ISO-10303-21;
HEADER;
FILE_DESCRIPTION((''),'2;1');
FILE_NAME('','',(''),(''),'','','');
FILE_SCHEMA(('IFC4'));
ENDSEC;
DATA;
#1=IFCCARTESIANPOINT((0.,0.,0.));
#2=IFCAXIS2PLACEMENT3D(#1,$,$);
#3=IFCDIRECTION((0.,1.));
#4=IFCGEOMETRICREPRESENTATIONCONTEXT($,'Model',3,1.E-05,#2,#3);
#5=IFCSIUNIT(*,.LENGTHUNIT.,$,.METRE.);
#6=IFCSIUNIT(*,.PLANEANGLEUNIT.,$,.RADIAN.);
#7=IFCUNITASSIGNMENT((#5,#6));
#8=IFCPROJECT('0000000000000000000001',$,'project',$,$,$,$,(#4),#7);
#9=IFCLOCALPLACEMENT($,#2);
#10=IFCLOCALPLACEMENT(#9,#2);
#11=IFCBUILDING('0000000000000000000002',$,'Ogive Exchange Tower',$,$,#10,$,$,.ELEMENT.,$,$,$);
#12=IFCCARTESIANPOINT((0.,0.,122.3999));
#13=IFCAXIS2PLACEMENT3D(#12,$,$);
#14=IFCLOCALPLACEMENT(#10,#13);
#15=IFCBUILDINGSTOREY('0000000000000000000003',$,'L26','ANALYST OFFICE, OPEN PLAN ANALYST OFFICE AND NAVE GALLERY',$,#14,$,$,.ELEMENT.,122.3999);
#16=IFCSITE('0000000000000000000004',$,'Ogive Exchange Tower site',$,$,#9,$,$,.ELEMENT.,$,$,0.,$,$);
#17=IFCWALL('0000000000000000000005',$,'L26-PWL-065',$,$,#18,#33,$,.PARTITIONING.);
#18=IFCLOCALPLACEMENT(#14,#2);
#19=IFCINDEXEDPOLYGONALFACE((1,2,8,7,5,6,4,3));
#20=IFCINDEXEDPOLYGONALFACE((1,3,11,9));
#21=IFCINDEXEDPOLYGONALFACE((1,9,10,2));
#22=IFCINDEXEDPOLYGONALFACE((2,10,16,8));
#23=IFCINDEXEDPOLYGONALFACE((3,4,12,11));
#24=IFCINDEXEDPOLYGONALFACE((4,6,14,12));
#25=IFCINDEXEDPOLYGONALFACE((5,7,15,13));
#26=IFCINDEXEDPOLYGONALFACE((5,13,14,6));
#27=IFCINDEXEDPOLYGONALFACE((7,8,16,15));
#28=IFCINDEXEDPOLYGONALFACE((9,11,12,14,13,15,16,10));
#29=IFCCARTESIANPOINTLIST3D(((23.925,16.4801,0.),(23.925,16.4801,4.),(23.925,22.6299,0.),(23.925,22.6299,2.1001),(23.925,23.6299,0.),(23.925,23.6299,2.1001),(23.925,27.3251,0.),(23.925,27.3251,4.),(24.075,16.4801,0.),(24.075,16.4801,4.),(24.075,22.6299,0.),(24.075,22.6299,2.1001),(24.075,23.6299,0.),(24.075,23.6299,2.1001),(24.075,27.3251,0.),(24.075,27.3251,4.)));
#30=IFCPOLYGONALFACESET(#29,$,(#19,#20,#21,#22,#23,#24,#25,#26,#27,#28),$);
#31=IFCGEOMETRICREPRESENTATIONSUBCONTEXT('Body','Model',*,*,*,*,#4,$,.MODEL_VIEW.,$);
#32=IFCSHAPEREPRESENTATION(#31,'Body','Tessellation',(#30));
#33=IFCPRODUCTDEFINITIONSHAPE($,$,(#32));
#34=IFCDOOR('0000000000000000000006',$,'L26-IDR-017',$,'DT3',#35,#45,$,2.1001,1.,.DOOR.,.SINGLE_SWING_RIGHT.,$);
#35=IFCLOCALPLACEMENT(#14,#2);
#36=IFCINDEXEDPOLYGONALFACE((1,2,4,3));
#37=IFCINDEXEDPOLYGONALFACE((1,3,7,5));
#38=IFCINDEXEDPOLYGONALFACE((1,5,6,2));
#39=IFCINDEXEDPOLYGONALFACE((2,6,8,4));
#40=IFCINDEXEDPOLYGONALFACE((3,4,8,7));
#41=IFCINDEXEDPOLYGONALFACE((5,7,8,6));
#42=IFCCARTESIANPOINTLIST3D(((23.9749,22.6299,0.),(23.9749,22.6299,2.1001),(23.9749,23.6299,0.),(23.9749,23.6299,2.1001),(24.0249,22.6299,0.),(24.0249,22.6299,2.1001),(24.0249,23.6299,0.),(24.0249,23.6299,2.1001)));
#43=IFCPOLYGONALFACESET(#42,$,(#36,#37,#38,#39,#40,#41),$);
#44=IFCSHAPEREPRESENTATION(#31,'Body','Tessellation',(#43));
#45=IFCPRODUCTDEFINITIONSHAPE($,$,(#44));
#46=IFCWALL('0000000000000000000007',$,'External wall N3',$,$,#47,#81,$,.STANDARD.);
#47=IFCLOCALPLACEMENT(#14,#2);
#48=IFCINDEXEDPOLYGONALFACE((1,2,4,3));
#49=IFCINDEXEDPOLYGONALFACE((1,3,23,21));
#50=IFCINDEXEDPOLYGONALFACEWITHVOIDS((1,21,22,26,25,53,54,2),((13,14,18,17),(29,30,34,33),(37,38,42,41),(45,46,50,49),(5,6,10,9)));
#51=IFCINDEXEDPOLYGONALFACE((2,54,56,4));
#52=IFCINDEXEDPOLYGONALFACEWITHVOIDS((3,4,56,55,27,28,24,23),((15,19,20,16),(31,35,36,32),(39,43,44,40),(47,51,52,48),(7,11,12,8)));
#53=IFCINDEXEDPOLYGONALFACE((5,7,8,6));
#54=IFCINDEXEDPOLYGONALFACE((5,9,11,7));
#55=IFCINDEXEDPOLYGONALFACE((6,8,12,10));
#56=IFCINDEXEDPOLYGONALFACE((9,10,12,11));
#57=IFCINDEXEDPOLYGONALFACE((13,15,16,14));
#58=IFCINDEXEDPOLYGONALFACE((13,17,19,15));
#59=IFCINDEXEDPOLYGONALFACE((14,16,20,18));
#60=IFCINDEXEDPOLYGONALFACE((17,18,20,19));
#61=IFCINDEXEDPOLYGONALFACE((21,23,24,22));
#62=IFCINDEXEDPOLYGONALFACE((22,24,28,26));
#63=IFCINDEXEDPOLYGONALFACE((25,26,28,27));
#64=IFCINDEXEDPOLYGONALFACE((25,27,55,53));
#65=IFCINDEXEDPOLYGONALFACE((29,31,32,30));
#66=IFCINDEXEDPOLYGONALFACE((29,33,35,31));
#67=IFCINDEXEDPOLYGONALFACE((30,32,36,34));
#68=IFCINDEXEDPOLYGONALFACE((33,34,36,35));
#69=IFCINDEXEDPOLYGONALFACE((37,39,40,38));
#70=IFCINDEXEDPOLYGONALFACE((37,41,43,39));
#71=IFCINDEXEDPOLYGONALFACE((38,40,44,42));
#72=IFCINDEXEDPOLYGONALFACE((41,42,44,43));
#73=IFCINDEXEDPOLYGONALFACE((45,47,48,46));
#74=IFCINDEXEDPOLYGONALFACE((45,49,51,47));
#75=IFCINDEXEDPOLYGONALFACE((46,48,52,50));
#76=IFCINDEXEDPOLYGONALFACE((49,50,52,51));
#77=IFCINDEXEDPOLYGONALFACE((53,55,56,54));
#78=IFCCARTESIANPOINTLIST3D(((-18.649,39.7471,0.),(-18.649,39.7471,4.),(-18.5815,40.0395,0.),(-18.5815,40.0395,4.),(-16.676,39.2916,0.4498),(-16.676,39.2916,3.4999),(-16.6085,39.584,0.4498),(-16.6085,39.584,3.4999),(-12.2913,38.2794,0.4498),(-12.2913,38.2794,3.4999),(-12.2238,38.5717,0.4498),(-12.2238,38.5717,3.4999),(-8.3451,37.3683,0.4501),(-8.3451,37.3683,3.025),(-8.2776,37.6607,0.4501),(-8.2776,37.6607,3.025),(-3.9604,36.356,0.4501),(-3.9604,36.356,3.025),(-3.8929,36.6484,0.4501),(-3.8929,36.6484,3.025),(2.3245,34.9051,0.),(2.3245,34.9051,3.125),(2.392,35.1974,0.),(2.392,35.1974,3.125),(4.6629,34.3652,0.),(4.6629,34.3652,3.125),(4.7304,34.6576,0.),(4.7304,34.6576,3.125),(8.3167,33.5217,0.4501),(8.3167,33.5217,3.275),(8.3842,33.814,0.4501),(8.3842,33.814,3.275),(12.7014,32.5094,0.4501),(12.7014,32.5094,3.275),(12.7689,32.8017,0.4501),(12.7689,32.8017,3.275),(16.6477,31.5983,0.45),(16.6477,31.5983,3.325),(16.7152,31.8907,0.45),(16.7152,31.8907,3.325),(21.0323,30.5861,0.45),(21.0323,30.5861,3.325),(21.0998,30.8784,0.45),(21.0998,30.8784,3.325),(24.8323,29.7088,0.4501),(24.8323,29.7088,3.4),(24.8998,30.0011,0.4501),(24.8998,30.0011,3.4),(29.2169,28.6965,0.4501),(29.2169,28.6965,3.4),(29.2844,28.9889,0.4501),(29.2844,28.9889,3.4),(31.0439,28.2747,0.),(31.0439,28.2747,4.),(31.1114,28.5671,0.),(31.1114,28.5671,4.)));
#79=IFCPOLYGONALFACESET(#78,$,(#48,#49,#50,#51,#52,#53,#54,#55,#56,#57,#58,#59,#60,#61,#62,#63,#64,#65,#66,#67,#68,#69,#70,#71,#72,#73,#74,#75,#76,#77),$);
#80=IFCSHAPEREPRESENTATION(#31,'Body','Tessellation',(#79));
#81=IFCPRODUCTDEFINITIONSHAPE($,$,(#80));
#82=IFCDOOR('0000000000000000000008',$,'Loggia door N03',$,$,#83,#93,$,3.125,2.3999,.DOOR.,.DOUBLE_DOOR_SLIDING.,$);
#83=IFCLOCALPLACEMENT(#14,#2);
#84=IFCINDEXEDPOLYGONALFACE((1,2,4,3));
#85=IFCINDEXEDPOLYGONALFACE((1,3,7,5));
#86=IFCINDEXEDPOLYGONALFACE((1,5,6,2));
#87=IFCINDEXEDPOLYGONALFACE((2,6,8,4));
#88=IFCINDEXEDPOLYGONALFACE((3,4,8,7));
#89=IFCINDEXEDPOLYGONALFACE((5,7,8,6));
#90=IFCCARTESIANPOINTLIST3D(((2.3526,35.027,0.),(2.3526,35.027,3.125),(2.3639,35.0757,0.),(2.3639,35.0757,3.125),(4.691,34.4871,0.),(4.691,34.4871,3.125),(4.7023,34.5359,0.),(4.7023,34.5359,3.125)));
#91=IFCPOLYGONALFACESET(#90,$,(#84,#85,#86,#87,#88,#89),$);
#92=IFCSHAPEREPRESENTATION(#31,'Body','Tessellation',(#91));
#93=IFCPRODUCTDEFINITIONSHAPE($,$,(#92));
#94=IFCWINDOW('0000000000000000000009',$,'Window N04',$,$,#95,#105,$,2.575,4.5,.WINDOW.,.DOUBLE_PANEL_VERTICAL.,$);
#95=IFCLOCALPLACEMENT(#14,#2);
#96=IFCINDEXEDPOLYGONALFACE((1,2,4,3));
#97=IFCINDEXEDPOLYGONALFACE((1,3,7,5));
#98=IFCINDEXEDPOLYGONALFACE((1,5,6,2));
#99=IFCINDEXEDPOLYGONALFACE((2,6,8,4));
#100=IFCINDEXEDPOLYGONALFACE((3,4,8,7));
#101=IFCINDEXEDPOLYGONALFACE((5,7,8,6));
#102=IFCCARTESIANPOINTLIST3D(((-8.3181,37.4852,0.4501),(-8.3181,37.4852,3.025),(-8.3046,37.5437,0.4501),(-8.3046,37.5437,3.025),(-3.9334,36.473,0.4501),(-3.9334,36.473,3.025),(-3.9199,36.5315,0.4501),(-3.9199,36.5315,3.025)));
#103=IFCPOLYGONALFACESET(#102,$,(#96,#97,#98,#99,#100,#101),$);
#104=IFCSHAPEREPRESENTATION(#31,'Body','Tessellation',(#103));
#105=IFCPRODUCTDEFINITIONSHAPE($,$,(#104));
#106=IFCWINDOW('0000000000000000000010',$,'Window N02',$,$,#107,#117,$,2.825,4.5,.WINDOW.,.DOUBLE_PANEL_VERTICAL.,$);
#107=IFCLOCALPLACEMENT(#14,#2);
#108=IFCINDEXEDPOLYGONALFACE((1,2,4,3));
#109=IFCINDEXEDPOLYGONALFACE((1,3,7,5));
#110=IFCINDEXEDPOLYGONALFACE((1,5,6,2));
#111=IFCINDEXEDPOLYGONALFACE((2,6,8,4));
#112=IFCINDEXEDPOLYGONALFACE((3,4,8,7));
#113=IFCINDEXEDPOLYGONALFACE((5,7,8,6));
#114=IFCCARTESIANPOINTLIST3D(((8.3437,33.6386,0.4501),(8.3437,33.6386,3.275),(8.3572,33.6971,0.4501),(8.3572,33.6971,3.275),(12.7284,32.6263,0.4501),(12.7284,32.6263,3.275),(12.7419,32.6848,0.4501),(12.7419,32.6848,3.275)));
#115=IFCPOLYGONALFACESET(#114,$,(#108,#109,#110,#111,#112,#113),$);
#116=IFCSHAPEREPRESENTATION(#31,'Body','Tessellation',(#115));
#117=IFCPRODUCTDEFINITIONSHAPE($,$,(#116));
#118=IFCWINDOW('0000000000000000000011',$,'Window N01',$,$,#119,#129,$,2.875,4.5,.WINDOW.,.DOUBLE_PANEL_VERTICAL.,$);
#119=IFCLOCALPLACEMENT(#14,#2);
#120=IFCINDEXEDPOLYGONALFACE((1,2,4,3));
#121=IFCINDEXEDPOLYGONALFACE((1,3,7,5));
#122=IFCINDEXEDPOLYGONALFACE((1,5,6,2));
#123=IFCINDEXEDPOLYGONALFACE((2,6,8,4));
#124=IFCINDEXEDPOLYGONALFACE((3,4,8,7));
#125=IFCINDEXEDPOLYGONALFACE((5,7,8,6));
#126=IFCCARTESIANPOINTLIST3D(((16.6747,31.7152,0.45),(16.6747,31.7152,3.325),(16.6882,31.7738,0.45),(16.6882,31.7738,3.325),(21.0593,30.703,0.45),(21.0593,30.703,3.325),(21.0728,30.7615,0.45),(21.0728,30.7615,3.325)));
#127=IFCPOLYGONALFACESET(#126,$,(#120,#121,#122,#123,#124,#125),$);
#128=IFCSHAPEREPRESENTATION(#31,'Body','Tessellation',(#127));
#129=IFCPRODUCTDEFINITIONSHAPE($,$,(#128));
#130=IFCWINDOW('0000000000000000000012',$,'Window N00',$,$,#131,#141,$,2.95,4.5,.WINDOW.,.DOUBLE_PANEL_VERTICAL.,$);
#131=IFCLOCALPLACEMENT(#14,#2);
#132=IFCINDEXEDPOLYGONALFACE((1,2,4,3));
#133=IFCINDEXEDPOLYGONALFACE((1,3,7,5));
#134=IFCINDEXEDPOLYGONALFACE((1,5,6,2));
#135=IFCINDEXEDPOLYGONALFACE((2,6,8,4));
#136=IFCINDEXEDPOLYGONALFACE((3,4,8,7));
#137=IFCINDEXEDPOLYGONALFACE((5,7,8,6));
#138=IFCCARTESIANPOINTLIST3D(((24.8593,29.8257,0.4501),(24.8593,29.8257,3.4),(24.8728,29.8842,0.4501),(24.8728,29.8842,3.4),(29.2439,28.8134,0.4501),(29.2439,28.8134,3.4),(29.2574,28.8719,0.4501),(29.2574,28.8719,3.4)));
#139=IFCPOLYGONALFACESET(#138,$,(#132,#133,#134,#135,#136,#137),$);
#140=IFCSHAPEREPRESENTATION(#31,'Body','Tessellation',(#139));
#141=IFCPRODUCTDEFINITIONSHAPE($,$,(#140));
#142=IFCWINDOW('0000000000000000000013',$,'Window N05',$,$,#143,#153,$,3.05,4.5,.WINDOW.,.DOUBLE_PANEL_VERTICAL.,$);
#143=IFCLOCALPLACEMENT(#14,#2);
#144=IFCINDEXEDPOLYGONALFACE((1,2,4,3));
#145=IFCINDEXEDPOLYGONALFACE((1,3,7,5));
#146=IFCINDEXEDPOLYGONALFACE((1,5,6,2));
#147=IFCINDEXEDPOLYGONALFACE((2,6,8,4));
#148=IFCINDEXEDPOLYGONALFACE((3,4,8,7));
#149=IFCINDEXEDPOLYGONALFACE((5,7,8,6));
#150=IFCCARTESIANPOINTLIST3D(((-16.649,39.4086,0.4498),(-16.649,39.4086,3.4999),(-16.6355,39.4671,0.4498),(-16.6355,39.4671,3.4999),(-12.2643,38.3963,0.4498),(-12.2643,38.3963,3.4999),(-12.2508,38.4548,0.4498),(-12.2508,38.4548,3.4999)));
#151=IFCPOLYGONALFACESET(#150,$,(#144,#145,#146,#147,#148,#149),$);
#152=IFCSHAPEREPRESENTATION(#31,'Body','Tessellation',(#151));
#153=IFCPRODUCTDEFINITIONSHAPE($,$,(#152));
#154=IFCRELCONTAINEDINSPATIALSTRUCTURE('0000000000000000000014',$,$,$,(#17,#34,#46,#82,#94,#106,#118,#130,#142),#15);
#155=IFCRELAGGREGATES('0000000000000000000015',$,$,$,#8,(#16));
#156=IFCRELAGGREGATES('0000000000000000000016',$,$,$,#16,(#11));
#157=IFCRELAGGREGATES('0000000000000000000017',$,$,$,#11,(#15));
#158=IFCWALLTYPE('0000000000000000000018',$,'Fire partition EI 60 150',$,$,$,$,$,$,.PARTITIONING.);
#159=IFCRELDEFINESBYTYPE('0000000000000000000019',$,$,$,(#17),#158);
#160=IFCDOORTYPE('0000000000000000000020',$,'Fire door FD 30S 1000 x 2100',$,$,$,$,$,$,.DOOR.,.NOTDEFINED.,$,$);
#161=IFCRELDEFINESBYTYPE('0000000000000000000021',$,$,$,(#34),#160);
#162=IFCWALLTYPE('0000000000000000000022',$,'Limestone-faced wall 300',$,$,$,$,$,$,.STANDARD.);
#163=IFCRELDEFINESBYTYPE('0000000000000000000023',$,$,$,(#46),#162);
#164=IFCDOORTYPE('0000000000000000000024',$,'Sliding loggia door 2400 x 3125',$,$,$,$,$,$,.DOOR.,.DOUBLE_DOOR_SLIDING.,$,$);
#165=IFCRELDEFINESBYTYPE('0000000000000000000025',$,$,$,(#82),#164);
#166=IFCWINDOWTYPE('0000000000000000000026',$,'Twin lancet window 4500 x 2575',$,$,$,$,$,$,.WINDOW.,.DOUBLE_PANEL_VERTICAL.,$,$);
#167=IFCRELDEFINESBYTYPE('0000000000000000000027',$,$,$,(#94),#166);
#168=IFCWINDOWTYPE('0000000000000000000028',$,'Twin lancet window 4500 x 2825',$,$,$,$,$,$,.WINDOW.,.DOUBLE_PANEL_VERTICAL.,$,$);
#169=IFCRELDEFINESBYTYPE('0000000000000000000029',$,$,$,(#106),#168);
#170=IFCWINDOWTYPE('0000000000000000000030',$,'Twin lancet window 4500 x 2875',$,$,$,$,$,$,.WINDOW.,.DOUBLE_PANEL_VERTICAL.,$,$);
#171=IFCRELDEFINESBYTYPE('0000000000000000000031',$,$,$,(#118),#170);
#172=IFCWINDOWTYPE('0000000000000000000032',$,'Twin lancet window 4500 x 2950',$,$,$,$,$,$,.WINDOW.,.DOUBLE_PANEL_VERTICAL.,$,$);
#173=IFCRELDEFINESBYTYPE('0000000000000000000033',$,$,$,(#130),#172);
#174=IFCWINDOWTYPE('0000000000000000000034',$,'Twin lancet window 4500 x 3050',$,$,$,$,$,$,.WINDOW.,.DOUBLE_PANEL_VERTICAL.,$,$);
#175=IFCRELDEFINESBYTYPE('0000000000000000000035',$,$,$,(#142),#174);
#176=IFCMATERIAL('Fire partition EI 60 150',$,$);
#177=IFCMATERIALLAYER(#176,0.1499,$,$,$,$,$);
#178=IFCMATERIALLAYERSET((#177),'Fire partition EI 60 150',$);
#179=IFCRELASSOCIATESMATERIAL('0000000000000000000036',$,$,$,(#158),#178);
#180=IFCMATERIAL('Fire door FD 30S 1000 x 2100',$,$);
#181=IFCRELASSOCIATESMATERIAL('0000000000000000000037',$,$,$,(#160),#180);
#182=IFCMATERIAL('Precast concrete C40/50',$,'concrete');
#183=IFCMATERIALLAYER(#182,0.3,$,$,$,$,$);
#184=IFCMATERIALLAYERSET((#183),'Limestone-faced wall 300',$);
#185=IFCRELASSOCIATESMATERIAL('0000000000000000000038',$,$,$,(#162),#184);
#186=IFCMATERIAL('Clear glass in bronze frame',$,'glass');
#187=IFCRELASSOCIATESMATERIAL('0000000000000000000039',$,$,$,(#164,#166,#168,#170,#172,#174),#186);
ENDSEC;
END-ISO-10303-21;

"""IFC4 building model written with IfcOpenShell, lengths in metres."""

from ifc_helpers import new_model, si_unit, direction, frame, frame_2d, origin, place, context, subcontext, project, spatial, rectangle, extrude, material, layer, layer_set, type_object, element, fill, save


model = new_model("IFC4")

# Units and contexts
model_context = context("Model", 3, precision=1e-05, world=origin(), true_north=direction((0.0, 1.0)))
body_context = subcontext(model_context, "Body", "Model", "MODEL_VIEW")
ifc_project = project(units=[si_unit("LENGTHUNIT", "METRE"), si_unit("PLANEANGLEUNIT", "RADIAN")], contexts=[model_context])

# Site, building, storey
site_placement = place(None, origin())
site = spatial("IfcSite", under=ifc_project, at=site_placement, Name="Ogive Exchange Tower site", CompositionType="ELEMENT", RefElevation=0.0)
building_placement = place(site_placement, origin())
building = spatial("IfcBuilding", under=site, at=building_placement, Name="Ogive Exchange Tower", CompositionType="ELEMENT")
storey_placement = place(building_placement, frame((0.0, 0.0, 122.3999)))
storey = spatial("IfcBuildingStorey", under=building, at=storey_placement, Name="L26", Description="ANALYST OFFICE, OPEN PLAN ANALYST OFFICE AND NAVE GALLERY", CompositionType="ELEMENT", Elevation=122.3999)

# Shared definitions
ifc_material_1 = material(Name="Fire partition EI 60 150")
ifc_layer_1 = layer(ifc_material_1, 0.1499)
ifc_layer_set_1 = layer_set([ifc_layer_1], Name="Fire partition EI 60 150")
wall_type_1 = type_object("IfcWallType", Name="Fire partition EI 60 150", PredefinedType="PARTITIONING", material=ifc_layer_set_1)

# Wall, opening, door
wall_1_placement = place(storey_placement, frame((24.0, 27.325, 0.0), z_axis=(0.0, 0.0, 1.0), x_axis=(0.0, -1.0, 0.0)))
wall_1 = element("IfcWall", 1, at=wall_1_placement, inside=storey, type_object=wall_type_1, Name="L26-PWL-065", PredefinedType="PARTITIONING", context=body_context, shape_type="SweptSolid", body=[
    extrude(rectangle(XDim=10.845, YDim=0.1499, at=frame_2d((5.4224, 0.0))), origin(), (0.0, 0.0, 1.0), 4.0),
])
opening_1_placement = place(wall_1_placement, frame((3.6951, 0.0, 0.0)))
opening_1 = element("IfcOpeningElement", 2, at=opening_1_placement, cuts=wall_1, PredefinedType="OPENING", context=body_context, shape_type="SweptSolid", body=[
    extrude(rectangle(XDim=1.0, YDim=2.1001, at=frame_2d((0.5, 1.05))), frame((0.0, 0.085, 0.0), z_axis=(0.0, -1.0, 0.0), x_axis=(1.0, 0.0, 0.0)), (0.0, 0.0, 1.0), 0.1699),
])
ifc_material_2 = material(Name="Fire door FD 30S 1000 x 2100")
door_type_1 = type_object("IfcDoorType", Name="Fire door FD 30S 1000 x 2100", OperationType="NOTDEFINED", PredefinedType="DOOR", material=ifc_material_2)
door_1_placement = place(opening_1_placement, origin())
door_1 = element("IfcDoor", 3, at=door_1_placement, inside=storey, type_object=door_type_1, Name="L26-IDR-017", ObjectType="DT3", OperationType="SINGLE_SWING_RIGHT", OverallHeight=2.1001, OverallWidth=1.0, PredefinedType="DOOR", context=body_context, shape_type="SweptSolid", body=[
    extrude(rectangle(XDim=1.0, YDim=2.1001, at=frame_2d((0.5, 1.05))), frame((0.0, 0.0249, 0.0), z_axis=(0.0, -1.0, 0.0), x_axis=(1.0, 0.0, 0.0)), (0.0, 0.0, 1.0), 0.05),
])
fill(opening_1, door_1)

# Wall, openings, door, windows
ifc_material_3 = material(Name="Precast concrete C40/50", Category="concrete")
ifc_layer_2 = layer(ifc_material_3, 0.3)
ifc_layer_set_2 = layer_set([ifc_layer_2], Name="Limestone-faced wall 300")
wall_type_2 = type_object("IfcWallType", Name="Limestone-faced wall 300", PredefinedType="STANDARD", material=ifc_layer_set_2)
wall_2_placement = place(storey_placement, frame((31.0776, 28.4209, 0.0), z_axis=(0.0, 0.0, 1.0), x_axis=(-0.97437, 0.224949, 0.0)))
wall_2 = element("IfcWall", 4, at=wall_2_placement, inside=storey, type_object=wall_type_2, Name="External wall N3", PredefinedType="STANDARD", context=body_context, shape_type="SweptSolid", body=[
    extrude(rectangle(XDim=51.0, YDim=0.3, at=frame_2d((25.5, 0.0))), origin(), (0.0, 0.0, 1.0), 4.0),
])
opening_2_placement = place(wall_2_placement, frame((1.875, 0.0, 0.45)))
opening_2 = element("IfcOpeningElement", 5, at=opening_2_placement, cuts=wall_2, PredefinedType="OPENING", context=body_context, shape_type="SweptSolid", body=[
    extrude(rectangle(XDim=4.5, YDim=2.95, at=frame_2d((2.25, 1.4751))), frame((0.0, 0.1599, 0.0), z_axis=(0.0, -1.0, 0.0), x_axis=(1.0, 0.0, 0.0)), (0.0, 0.0, 1.0), 0.3201),
])
opening_3_placement = place(wall_2_placement, frame((10.2749, 0.0, 0.45)))
opening_3 = element("IfcOpeningElement", 6, at=opening_3_placement, cuts=wall_2, PredefinedType="OPENING", context=body_context, shape_type="SweptSolid", body=[
    extrude(rectangle(XDim=4.5, YDim=2.875, at=frame_2d((2.25, 1.4375))), frame((0.0, 0.1599, 0.0), z_axis=(0.0, -1.0, 0.0), x_axis=(1.0, 0.0, 0.0)), (0.0, 0.0, 1.0), 0.3201),
])
opening_4_placement = place(wall_2_placement, frame((18.825, 0.0, 0.45)))
opening_4 = element("IfcOpeningElement", 7, at=opening_4_placement, cuts=wall_2, PredefinedType="OPENING", context=body_context, shape_type="SweptSolid", body=[
    extrude(rectangle(XDim=4.5, YDim=2.825, at=frame_2d((2.25, 1.4126))), frame((0.0, 0.1599, 0.0), z_axis=(0.0, -1.0, 0.0), x_axis=(1.0, 0.0, 0.0)), (0.0, 0.0, 1.0), 0.3201),
])
opening_5_placement = place(wall_2_placement, frame((27.075, 0.0, 0.0)))
opening_5 = element("IfcOpeningElement", 8, at=opening_5_placement, cuts=wall_2, PredefinedType="OPENING", context=body_context, shape_type="SweptSolid", body=[
    extrude(rectangle(XDim=2.3999, YDim=3.125, at=frame_2d((1.2, 1.5625))), frame((0.0, 0.1599, 0.0), z_axis=(0.0, -1.0, 0.0), x_axis=(1.0, 0.0, 0.0)), (0.0, 0.0, 1.0), 0.3201),
])
opening_6_placement = place(wall_2_placement, frame((35.925, 0.0, 0.45)))
opening_6 = element("IfcOpeningElement", 9, at=opening_6_placement, cuts=wall_2, PredefinedType="OPENING", context=body_context, shape_type="SweptSolid", body=[
    extrude(rectangle(XDim=4.5, YDim=2.575, at=frame_2d((2.25, 1.2876))), frame((0.0, 0.1599, 0.0), z_axis=(0.0, -1.0, 0.0), x_axis=(1.0, 0.0, 0.0)), (0.0, 0.0, 1.0), 0.3201),
])
opening_7_placement = place(wall_2_placement, frame((44.4751, 0.0, 0.45)))
opening_7 = element("IfcOpeningElement", 10, at=opening_7_placement, cuts=wall_2, PredefinedType="OPENING", context=body_context, shape_type="SweptSolid", body=[
    extrude(rectangle(XDim=4.5, YDim=3.05, at=frame_2d((2.25, 1.5249))), frame((0.0, 0.1599, 0.0), z_axis=(0.0, -1.0, 0.0), x_axis=(1.0, 0.0, 0.0)), (0.0, 0.0, 1.0), 0.3201),
])
ifc_material_4 = material(Name="Clear glass in bronze frame", Category="glass")
door_type_2 = type_object("IfcDoorType", Name="Sliding loggia door 2400 x 3125", OperationType="DOUBLE_DOOR_SLIDING", PredefinedType="DOOR", material=ifc_material_4)
door_2_placement = place(opening_5_placement, origin())
door_2 = element("IfcDoor", 11, at=door_2_placement, inside=storey, type_object=door_type_2, Name="Loggia door N03", OperationType="DOUBLE_DOOR_SLIDING", OverallHeight=3.125, OverallWidth=2.3999, PredefinedType="DOOR", context=body_context, shape_type="SweptSolid", body=[
    extrude(rectangle(XDim=2.3999, YDim=3.125, at=frame_2d((1.2, 1.5625))), frame((0.0, 0.0249, 0.0), z_axis=(0.0, -1.0, 0.0), x_axis=(1.0, 0.0, 0.0)), (0.0, 0.0, 1.0), 0.05),
])
fill(opening_5, door_2)
window_type_1 = type_object("IfcWindowType", Name="Twin lancet window 4500 x 2575", PartitioningType="DOUBLE_PANEL_VERTICAL", PredefinedType="WINDOW", material=ifc_material_4)
window_1_placement = place(opening_6_placement, origin())
window_1 = element("IfcWindow", 12, at=window_1_placement, inside=storey, type_object=window_type_1, Name="Window N04", OverallHeight=2.575, OverallWidth=4.5, PartitioningType="DOUBLE_PANEL_VERTICAL", PredefinedType="WINDOW", context=body_context, shape_type="SweptSolid", body=[
    extrude(rectangle(XDim=4.5, YDim=2.575, at=frame_2d((2.25, 1.2876))), frame((0.0, 0.03, 0.0), z_axis=(0.0, -1.0, 0.0), x_axis=(1.0, 0.0, 0.0)), (0.0, 0.0, 1.0), 0.0601),
])
fill(opening_6, window_1)
window_type_2 = type_object("IfcWindowType", Name="Twin lancet window 4500 x 2825", PartitioningType="DOUBLE_PANEL_VERTICAL", PredefinedType="WINDOW", material=ifc_material_4)
window_2_placement = place(opening_4_placement, origin())
window_2 = element("IfcWindow", 13, at=window_2_placement, inside=storey, type_object=window_type_2, Name="Window N02", OverallHeight=2.825, OverallWidth=4.5, PartitioningType="DOUBLE_PANEL_VERTICAL", PredefinedType="WINDOW", context=body_context, shape_type="SweptSolid", body=[
    extrude(rectangle(XDim=4.5, YDim=2.825, at=frame_2d((2.25, 1.4126))), frame((0.0, 0.03, 0.0), z_axis=(0.0, -1.0, 0.0), x_axis=(1.0, 0.0, 0.0)), (0.0, 0.0, 1.0), 0.0601),
])
fill(opening_4, window_2)
window_type_3 = type_object("IfcWindowType", Name="Twin lancet window 4500 x 2875", PartitioningType="DOUBLE_PANEL_VERTICAL", PredefinedType="WINDOW", material=ifc_material_4)
window_3_placement = place(opening_3_placement, origin())
window_3 = element("IfcWindow", 14, at=window_3_placement, inside=storey, type_object=window_type_3, Name="Window N01", OverallHeight=2.875, OverallWidth=4.5, PartitioningType="DOUBLE_PANEL_VERTICAL", PredefinedType="WINDOW", context=body_context, shape_type="SweptSolid", body=[
    extrude(rectangle(XDim=4.5, YDim=2.875, at=frame_2d((2.25, 1.4375))), frame((0.0, 0.03, 0.0), z_axis=(0.0, -1.0, 0.0), x_axis=(1.0, 0.0, 0.0)), (0.0, 0.0, 1.0), 0.0601),
])
fill(opening_3, window_3)
window_type_4 = type_object("IfcWindowType", Name="Twin lancet window 4500 x 2950", PartitioningType="DOUBLE_PANEL_VERTICAL", PredefinedType="WINDOW", material=ifc_material_4)
window_4_placement = place(opening_2_placement, origin())
window_4 = element("IfcWindow", 15, at=window_4_placement, inside=storey, type_object=window_type_4, Name="Window N00", OverallHeight=2.95, OverallWidth=4.5, PartitioningType="DOUBLE_PANEL_VERTICAL", PredefinedType="WINDOW", context=body_context, shape_type="SweptSolid", body=[
    extrude(rectangle(XDim=4.5, YDim=2.95, at=frame_2d((2.25, 1.4751))), frame((0.0, 0.03, 0.0), z_axis=(0.0, -1.0, 0.0), x_axis=(1.0, 0.0, 0.0)), (0.0, 0.0, 1.0), 0.0601),
])
fill(opening_2, window_4)
window_type_5 = type_object("IfcWindowType", Name="Twin lancet window 4500 x 3050", PartitioningType="DOUBLE_PANEL_VERTICAL", PredefinedType="WINDOW", material=ifc_material_4)
window_5_placement = place(opening_7_placement, origin())
window_5 = element("IfcWindow", 16, at=window_5_placement, inside=storey, type_object=window_type_5, Name="Window N05", OverallHeight=3.05, OverallWidth=4.5, PartitioningType="DOUBLE_PANEL_VERTICAL", PredefinedType="WINDOW", context=body_context, shape_type="SweptSolid", body=[
    extrude(rectangle(XDim=4.5, YDim=3.05, at=frame_2d((2.25, 1.5249))), frame((0.0, 0.03, 0.0), z_axis=(0.0, -1.0, 0.0), x_axis=(1.0, 0.0, 0.0)), (0.0, 0.0, 1.0), 0.0601),
])
fill(opening_7, window_5)

save(model, "model.ifc")
